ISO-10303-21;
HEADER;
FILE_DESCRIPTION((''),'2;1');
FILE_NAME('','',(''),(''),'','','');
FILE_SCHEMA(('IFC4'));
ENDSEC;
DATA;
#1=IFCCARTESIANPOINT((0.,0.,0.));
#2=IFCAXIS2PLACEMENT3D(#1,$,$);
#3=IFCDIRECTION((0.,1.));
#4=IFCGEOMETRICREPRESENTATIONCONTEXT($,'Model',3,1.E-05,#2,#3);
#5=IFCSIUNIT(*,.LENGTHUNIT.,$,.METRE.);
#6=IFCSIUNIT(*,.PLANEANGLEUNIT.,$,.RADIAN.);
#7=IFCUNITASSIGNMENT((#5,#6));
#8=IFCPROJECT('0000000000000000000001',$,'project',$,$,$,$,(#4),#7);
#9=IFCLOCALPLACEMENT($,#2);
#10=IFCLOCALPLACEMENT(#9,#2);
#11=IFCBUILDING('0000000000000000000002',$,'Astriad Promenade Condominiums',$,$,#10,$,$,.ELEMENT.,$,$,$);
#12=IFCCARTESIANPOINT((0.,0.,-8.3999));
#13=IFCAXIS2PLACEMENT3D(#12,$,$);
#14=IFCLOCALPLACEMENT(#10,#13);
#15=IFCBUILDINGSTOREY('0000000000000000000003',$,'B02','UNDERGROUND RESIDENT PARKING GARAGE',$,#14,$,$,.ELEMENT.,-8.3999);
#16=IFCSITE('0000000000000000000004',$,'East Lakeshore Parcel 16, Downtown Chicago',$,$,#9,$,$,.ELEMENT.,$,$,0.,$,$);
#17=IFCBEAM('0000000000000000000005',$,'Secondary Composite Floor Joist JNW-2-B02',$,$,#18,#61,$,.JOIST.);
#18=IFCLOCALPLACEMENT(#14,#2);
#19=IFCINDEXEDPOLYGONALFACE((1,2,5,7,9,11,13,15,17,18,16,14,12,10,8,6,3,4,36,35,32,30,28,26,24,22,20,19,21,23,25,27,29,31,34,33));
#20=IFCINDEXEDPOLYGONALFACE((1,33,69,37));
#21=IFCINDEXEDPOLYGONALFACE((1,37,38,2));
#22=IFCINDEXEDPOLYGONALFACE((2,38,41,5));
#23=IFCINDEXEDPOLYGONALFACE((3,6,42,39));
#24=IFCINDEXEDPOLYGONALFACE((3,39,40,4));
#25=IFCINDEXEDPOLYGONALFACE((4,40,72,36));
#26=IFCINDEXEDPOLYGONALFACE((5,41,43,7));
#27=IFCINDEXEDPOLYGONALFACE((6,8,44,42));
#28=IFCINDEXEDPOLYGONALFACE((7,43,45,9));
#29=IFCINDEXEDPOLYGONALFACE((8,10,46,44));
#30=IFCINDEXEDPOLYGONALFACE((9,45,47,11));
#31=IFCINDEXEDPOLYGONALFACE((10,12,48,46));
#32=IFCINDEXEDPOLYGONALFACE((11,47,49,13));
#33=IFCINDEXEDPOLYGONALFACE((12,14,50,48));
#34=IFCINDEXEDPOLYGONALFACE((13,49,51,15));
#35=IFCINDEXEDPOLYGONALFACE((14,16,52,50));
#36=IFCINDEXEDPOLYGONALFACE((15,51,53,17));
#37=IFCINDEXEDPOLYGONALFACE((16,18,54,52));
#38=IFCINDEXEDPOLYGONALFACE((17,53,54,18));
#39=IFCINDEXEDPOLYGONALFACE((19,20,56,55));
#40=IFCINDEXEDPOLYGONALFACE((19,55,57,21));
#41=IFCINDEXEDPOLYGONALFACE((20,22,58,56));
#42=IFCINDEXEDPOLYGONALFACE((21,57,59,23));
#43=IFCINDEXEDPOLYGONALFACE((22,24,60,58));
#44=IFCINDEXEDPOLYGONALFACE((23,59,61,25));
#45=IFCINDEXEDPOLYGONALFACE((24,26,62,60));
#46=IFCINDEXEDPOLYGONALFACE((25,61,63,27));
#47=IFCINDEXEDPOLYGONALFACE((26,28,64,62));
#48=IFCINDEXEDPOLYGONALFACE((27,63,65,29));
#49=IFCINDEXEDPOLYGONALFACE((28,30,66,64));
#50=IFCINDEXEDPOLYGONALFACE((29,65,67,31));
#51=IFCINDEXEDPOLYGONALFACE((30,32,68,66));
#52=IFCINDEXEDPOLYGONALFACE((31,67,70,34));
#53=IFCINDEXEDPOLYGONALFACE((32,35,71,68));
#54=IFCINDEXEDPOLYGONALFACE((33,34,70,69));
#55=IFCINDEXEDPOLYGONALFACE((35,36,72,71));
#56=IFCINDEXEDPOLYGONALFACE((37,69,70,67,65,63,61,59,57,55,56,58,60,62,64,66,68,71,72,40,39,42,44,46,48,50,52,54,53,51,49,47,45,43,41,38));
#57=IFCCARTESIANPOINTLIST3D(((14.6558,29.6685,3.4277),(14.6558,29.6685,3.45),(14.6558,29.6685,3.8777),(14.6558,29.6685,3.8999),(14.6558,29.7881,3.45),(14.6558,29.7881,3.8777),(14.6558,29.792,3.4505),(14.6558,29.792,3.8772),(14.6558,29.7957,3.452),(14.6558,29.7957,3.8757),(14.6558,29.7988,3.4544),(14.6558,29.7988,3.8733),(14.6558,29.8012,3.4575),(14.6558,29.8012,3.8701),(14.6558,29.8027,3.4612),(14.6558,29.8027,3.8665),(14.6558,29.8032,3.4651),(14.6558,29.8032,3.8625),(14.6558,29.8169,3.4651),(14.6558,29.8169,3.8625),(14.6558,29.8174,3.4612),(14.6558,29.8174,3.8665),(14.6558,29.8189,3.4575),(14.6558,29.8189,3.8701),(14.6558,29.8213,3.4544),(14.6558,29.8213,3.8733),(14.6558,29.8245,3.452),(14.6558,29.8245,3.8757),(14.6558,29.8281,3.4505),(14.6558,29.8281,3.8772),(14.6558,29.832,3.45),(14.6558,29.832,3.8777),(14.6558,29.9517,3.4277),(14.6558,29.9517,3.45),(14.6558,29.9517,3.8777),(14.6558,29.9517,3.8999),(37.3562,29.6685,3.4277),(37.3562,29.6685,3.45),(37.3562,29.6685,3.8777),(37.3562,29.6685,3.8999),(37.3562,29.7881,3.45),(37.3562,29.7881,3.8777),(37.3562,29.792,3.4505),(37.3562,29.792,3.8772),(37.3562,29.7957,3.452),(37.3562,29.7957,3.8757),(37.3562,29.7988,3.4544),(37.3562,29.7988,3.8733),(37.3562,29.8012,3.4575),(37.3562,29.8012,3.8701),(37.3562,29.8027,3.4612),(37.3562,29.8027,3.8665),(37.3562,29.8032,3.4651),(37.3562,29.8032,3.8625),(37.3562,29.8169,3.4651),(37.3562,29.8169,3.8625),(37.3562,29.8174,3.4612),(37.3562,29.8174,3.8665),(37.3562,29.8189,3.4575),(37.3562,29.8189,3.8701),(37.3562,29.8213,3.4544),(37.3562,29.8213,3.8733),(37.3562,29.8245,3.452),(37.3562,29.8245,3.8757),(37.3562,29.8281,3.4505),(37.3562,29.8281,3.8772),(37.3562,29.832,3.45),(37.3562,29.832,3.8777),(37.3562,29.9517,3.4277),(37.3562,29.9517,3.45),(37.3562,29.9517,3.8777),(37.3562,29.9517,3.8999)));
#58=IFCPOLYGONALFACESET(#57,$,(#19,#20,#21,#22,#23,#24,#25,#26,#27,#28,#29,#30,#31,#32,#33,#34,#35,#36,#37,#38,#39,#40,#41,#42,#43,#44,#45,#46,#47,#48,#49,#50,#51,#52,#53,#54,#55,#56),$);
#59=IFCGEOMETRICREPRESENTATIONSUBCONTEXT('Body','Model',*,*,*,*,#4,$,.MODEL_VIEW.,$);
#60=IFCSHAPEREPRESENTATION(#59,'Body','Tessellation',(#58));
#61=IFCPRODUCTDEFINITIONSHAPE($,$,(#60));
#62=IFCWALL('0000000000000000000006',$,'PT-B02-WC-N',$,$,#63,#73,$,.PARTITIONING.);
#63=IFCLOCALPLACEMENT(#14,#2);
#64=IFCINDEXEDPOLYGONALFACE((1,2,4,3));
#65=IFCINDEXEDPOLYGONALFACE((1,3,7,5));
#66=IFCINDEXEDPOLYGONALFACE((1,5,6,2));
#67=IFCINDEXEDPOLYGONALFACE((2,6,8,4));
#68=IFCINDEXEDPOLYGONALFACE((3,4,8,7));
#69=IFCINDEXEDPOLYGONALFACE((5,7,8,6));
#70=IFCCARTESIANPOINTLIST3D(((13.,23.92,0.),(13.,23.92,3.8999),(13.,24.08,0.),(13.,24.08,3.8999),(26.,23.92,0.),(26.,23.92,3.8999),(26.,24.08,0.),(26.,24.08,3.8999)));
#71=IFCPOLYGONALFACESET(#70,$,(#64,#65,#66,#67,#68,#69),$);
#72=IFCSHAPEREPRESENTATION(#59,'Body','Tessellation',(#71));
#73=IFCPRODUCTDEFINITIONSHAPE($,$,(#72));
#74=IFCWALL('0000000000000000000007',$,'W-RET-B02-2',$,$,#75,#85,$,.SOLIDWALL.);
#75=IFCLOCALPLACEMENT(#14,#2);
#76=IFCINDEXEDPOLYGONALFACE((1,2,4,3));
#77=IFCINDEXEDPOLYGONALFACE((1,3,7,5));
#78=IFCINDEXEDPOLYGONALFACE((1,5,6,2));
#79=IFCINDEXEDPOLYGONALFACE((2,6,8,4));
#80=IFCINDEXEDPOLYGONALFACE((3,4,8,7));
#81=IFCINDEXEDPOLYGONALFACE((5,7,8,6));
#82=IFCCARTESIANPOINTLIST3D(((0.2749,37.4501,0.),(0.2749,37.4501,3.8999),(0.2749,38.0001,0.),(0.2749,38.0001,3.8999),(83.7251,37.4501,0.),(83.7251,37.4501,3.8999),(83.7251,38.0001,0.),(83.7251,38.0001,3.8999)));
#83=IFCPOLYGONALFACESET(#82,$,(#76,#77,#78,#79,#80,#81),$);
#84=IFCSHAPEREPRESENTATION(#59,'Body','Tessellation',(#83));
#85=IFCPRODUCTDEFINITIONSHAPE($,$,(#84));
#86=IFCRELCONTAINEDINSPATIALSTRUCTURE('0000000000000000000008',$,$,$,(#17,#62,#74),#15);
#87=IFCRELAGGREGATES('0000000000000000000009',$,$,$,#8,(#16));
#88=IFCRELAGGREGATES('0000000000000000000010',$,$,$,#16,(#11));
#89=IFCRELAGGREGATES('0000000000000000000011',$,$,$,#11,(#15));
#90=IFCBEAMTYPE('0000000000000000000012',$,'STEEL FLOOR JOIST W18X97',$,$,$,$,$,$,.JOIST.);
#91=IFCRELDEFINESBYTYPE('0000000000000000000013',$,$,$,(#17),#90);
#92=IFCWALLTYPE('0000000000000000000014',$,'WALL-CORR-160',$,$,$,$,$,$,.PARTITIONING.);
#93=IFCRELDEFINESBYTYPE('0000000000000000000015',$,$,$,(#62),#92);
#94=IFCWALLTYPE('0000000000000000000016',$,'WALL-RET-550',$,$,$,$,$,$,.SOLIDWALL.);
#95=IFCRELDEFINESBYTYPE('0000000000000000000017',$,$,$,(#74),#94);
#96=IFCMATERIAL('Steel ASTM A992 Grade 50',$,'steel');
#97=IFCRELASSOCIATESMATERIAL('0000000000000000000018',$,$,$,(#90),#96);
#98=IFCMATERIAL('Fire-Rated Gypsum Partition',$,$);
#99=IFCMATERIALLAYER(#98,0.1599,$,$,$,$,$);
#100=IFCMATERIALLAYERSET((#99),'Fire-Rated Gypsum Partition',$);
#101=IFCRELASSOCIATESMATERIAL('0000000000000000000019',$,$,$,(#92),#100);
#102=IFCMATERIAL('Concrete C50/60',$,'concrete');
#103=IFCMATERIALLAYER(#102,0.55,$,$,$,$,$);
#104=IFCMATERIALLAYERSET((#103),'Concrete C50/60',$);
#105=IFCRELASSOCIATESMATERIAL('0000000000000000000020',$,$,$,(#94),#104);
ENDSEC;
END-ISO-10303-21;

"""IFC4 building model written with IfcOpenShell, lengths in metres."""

from ifc_helpers import new_model, si_unit, direction, frame, frame_2d, origin, origin_2d, place, context, subcontext, project, spatial, rectangle, i_section, extrude, source, transform, mapped, material, layer, layer_set, material_profile, profile_set, type_object, element, save


model = new_model("IFC4")

# Units and contexts
model_context = context("Model", 3, precision=1e-05, world=origin(), true_north=direction((0.0, 1.0)))
body_context = subcontext(model_context, "Body", "Model", "MODEL_VIEW")
ifc_project = project(units=[si_unit("LENGTHUNIT", "METRE"), si_unit("PLANEANGLEUNIT", "RADIAN")], contexts=[model_context])

# Site, building, storey
site_placement = place(None, origin())
site = spatial("IfcSite", under=ifc_project, at=site_placement, Name="East Lakeshore Parcel 16, Downtown Chicago", CompositionType="ELEMENT", RefElevation=0.0)
building_placement = place(site_placement, origin())
building = spatial("IfcBuilding", under=site, at=building_placement, Name="Astriad Promenade Condominiums", CompositionType="ELEMENT")
storey_placement = place(building_placement, frame((0.0, 0.0, -8.3999)))
storey = spatial("IfcBuildingStorey", under=building, at=storey_placement, Name="B02", Description="UNDERGROUND RESIDENT PARKING GARAGE", CompositionType="ELEMENT", Elevation=-8.3999)

# Shared definitions
ifc_material_1 = material(Name="Concrete C50/60", Category="concrete")

# Beam
ifc_material_2 = material(Name="Steel ASTM A992 Grade 50", Category="steel")
ifc_material_profile_1 = material_profile(ifc_material_2, i_section(OverallWidth=0.2832, OverallDepth=0.4722, WebThickness=0.0137, FlangeThickness=0.0222, FilletRadius=0.0151, at=origin_2d()), Name="W18X97")
ifc_profile_set_1 = profile_set([ifc_material_profile_1], Name="Steel ASTM A992 Grade 50")
beam_type_1 = type_object("IfcBeamType", Name="STEEL FLOOR JOIST W18X97", PredefinedType="JOIST", material=ifc_profile_set_1)
shared_shape_1 = source(origin(), body_context, "Body", "SweptSolid", [
    extrude(i_section(OverallWidth=0.2832, OverallDepth=0.4722, WebThickness=0.0137, FlangeThickness=0.0222, FilletRadius=0.0151, at=origin_2d()), origin(), (0.0, 0.0, 1.0), 22.7004),
])
beam_1_placement = place(storey_placement, frame((14.6558, 29.8101, 3.6638), z_axis=(1.0, 0.0, 0.0), x_axis=(0.0, 1.0, 0.0)))
element("IfcBeam", 1, at=beam_1_placement, inside=storey, type_object=beam_type_1, Name="Secondary Composite Floor Joist JNW-2-B02", PredefinedType="JOIST", context=body_context, shape_type="MappedRepresentation", body=[
    mapped(shared_shape_1, transform((0.0, 0.0, 0.0), scale=1.0)),
])

# Walls
ifc_material_3 = material(Name="Fire-Rated Gypsum Partition")
ifc_layer_1 = layer(ifc_material_3, 0.1599)
ifc_layer_set_1 = layer_set([ifc_layer_1], Name="Fire-Rated Gypsum Partition")
wall_type_1 = type_object("IfcWallType", Name="WALL-CORR-160", PredefinedType="PARTITIONING", material=ifc_layer_set_1)
wall_1_placement = place(storey_placement, frame((13.0, 24.0, 0.0), z_axis=(0.0, 0.0, 1.0), x_axis=(1.0, 0.0, 0.0)))
element("IfcWall", 2, at=wall_1_placement, inside=storey, type_object=wall_type_1, Name="PT-B02-WC-N", PredefinedType="PARTITIONING", context=body_context, shape_type="SweptSolid", body=[
    extrude(rectangle(XDim=13.0, YDim=0.1599, at=frame_2d((6.5, 0.0))), origin(), (0.0, 0.0, 1.0), 3.8999),
])
ifc_layer_2 = layer(ifc_material_1, 0.55)
ifc_layer_set_2 = layer_set([ifc_layer_2], Name="Concrete C50/60")
wall_type_2 = type_object("IfcWallType", Name="WALL-RET-550", PredefinedType="SOLIDWALL", material=ifc_layer_set_2)
wall_2_placement = place(storey_placement, frame((0.2749, 37.7251, 0.0), z_axis=(0.0, 0.0, 1.0), x_axis=(1.0, 0.0, 0.0)))
element("IfcWall", 3, at=wall_2_placement, inside=storey, type_object=wall_type_2, Name="W-RET-B02-2", PredefinedType="SOLIDWALL", context=body_context, shape_type="SweptSolid", body=[
    extrude(rectangle(XDim=83.4502, YDim=0.55, at=frame_2d((41.7251, 0.0))), origin(), (0.0, 0.0, 1.0), 3.8999),
])

save(model, "model.ifc")
